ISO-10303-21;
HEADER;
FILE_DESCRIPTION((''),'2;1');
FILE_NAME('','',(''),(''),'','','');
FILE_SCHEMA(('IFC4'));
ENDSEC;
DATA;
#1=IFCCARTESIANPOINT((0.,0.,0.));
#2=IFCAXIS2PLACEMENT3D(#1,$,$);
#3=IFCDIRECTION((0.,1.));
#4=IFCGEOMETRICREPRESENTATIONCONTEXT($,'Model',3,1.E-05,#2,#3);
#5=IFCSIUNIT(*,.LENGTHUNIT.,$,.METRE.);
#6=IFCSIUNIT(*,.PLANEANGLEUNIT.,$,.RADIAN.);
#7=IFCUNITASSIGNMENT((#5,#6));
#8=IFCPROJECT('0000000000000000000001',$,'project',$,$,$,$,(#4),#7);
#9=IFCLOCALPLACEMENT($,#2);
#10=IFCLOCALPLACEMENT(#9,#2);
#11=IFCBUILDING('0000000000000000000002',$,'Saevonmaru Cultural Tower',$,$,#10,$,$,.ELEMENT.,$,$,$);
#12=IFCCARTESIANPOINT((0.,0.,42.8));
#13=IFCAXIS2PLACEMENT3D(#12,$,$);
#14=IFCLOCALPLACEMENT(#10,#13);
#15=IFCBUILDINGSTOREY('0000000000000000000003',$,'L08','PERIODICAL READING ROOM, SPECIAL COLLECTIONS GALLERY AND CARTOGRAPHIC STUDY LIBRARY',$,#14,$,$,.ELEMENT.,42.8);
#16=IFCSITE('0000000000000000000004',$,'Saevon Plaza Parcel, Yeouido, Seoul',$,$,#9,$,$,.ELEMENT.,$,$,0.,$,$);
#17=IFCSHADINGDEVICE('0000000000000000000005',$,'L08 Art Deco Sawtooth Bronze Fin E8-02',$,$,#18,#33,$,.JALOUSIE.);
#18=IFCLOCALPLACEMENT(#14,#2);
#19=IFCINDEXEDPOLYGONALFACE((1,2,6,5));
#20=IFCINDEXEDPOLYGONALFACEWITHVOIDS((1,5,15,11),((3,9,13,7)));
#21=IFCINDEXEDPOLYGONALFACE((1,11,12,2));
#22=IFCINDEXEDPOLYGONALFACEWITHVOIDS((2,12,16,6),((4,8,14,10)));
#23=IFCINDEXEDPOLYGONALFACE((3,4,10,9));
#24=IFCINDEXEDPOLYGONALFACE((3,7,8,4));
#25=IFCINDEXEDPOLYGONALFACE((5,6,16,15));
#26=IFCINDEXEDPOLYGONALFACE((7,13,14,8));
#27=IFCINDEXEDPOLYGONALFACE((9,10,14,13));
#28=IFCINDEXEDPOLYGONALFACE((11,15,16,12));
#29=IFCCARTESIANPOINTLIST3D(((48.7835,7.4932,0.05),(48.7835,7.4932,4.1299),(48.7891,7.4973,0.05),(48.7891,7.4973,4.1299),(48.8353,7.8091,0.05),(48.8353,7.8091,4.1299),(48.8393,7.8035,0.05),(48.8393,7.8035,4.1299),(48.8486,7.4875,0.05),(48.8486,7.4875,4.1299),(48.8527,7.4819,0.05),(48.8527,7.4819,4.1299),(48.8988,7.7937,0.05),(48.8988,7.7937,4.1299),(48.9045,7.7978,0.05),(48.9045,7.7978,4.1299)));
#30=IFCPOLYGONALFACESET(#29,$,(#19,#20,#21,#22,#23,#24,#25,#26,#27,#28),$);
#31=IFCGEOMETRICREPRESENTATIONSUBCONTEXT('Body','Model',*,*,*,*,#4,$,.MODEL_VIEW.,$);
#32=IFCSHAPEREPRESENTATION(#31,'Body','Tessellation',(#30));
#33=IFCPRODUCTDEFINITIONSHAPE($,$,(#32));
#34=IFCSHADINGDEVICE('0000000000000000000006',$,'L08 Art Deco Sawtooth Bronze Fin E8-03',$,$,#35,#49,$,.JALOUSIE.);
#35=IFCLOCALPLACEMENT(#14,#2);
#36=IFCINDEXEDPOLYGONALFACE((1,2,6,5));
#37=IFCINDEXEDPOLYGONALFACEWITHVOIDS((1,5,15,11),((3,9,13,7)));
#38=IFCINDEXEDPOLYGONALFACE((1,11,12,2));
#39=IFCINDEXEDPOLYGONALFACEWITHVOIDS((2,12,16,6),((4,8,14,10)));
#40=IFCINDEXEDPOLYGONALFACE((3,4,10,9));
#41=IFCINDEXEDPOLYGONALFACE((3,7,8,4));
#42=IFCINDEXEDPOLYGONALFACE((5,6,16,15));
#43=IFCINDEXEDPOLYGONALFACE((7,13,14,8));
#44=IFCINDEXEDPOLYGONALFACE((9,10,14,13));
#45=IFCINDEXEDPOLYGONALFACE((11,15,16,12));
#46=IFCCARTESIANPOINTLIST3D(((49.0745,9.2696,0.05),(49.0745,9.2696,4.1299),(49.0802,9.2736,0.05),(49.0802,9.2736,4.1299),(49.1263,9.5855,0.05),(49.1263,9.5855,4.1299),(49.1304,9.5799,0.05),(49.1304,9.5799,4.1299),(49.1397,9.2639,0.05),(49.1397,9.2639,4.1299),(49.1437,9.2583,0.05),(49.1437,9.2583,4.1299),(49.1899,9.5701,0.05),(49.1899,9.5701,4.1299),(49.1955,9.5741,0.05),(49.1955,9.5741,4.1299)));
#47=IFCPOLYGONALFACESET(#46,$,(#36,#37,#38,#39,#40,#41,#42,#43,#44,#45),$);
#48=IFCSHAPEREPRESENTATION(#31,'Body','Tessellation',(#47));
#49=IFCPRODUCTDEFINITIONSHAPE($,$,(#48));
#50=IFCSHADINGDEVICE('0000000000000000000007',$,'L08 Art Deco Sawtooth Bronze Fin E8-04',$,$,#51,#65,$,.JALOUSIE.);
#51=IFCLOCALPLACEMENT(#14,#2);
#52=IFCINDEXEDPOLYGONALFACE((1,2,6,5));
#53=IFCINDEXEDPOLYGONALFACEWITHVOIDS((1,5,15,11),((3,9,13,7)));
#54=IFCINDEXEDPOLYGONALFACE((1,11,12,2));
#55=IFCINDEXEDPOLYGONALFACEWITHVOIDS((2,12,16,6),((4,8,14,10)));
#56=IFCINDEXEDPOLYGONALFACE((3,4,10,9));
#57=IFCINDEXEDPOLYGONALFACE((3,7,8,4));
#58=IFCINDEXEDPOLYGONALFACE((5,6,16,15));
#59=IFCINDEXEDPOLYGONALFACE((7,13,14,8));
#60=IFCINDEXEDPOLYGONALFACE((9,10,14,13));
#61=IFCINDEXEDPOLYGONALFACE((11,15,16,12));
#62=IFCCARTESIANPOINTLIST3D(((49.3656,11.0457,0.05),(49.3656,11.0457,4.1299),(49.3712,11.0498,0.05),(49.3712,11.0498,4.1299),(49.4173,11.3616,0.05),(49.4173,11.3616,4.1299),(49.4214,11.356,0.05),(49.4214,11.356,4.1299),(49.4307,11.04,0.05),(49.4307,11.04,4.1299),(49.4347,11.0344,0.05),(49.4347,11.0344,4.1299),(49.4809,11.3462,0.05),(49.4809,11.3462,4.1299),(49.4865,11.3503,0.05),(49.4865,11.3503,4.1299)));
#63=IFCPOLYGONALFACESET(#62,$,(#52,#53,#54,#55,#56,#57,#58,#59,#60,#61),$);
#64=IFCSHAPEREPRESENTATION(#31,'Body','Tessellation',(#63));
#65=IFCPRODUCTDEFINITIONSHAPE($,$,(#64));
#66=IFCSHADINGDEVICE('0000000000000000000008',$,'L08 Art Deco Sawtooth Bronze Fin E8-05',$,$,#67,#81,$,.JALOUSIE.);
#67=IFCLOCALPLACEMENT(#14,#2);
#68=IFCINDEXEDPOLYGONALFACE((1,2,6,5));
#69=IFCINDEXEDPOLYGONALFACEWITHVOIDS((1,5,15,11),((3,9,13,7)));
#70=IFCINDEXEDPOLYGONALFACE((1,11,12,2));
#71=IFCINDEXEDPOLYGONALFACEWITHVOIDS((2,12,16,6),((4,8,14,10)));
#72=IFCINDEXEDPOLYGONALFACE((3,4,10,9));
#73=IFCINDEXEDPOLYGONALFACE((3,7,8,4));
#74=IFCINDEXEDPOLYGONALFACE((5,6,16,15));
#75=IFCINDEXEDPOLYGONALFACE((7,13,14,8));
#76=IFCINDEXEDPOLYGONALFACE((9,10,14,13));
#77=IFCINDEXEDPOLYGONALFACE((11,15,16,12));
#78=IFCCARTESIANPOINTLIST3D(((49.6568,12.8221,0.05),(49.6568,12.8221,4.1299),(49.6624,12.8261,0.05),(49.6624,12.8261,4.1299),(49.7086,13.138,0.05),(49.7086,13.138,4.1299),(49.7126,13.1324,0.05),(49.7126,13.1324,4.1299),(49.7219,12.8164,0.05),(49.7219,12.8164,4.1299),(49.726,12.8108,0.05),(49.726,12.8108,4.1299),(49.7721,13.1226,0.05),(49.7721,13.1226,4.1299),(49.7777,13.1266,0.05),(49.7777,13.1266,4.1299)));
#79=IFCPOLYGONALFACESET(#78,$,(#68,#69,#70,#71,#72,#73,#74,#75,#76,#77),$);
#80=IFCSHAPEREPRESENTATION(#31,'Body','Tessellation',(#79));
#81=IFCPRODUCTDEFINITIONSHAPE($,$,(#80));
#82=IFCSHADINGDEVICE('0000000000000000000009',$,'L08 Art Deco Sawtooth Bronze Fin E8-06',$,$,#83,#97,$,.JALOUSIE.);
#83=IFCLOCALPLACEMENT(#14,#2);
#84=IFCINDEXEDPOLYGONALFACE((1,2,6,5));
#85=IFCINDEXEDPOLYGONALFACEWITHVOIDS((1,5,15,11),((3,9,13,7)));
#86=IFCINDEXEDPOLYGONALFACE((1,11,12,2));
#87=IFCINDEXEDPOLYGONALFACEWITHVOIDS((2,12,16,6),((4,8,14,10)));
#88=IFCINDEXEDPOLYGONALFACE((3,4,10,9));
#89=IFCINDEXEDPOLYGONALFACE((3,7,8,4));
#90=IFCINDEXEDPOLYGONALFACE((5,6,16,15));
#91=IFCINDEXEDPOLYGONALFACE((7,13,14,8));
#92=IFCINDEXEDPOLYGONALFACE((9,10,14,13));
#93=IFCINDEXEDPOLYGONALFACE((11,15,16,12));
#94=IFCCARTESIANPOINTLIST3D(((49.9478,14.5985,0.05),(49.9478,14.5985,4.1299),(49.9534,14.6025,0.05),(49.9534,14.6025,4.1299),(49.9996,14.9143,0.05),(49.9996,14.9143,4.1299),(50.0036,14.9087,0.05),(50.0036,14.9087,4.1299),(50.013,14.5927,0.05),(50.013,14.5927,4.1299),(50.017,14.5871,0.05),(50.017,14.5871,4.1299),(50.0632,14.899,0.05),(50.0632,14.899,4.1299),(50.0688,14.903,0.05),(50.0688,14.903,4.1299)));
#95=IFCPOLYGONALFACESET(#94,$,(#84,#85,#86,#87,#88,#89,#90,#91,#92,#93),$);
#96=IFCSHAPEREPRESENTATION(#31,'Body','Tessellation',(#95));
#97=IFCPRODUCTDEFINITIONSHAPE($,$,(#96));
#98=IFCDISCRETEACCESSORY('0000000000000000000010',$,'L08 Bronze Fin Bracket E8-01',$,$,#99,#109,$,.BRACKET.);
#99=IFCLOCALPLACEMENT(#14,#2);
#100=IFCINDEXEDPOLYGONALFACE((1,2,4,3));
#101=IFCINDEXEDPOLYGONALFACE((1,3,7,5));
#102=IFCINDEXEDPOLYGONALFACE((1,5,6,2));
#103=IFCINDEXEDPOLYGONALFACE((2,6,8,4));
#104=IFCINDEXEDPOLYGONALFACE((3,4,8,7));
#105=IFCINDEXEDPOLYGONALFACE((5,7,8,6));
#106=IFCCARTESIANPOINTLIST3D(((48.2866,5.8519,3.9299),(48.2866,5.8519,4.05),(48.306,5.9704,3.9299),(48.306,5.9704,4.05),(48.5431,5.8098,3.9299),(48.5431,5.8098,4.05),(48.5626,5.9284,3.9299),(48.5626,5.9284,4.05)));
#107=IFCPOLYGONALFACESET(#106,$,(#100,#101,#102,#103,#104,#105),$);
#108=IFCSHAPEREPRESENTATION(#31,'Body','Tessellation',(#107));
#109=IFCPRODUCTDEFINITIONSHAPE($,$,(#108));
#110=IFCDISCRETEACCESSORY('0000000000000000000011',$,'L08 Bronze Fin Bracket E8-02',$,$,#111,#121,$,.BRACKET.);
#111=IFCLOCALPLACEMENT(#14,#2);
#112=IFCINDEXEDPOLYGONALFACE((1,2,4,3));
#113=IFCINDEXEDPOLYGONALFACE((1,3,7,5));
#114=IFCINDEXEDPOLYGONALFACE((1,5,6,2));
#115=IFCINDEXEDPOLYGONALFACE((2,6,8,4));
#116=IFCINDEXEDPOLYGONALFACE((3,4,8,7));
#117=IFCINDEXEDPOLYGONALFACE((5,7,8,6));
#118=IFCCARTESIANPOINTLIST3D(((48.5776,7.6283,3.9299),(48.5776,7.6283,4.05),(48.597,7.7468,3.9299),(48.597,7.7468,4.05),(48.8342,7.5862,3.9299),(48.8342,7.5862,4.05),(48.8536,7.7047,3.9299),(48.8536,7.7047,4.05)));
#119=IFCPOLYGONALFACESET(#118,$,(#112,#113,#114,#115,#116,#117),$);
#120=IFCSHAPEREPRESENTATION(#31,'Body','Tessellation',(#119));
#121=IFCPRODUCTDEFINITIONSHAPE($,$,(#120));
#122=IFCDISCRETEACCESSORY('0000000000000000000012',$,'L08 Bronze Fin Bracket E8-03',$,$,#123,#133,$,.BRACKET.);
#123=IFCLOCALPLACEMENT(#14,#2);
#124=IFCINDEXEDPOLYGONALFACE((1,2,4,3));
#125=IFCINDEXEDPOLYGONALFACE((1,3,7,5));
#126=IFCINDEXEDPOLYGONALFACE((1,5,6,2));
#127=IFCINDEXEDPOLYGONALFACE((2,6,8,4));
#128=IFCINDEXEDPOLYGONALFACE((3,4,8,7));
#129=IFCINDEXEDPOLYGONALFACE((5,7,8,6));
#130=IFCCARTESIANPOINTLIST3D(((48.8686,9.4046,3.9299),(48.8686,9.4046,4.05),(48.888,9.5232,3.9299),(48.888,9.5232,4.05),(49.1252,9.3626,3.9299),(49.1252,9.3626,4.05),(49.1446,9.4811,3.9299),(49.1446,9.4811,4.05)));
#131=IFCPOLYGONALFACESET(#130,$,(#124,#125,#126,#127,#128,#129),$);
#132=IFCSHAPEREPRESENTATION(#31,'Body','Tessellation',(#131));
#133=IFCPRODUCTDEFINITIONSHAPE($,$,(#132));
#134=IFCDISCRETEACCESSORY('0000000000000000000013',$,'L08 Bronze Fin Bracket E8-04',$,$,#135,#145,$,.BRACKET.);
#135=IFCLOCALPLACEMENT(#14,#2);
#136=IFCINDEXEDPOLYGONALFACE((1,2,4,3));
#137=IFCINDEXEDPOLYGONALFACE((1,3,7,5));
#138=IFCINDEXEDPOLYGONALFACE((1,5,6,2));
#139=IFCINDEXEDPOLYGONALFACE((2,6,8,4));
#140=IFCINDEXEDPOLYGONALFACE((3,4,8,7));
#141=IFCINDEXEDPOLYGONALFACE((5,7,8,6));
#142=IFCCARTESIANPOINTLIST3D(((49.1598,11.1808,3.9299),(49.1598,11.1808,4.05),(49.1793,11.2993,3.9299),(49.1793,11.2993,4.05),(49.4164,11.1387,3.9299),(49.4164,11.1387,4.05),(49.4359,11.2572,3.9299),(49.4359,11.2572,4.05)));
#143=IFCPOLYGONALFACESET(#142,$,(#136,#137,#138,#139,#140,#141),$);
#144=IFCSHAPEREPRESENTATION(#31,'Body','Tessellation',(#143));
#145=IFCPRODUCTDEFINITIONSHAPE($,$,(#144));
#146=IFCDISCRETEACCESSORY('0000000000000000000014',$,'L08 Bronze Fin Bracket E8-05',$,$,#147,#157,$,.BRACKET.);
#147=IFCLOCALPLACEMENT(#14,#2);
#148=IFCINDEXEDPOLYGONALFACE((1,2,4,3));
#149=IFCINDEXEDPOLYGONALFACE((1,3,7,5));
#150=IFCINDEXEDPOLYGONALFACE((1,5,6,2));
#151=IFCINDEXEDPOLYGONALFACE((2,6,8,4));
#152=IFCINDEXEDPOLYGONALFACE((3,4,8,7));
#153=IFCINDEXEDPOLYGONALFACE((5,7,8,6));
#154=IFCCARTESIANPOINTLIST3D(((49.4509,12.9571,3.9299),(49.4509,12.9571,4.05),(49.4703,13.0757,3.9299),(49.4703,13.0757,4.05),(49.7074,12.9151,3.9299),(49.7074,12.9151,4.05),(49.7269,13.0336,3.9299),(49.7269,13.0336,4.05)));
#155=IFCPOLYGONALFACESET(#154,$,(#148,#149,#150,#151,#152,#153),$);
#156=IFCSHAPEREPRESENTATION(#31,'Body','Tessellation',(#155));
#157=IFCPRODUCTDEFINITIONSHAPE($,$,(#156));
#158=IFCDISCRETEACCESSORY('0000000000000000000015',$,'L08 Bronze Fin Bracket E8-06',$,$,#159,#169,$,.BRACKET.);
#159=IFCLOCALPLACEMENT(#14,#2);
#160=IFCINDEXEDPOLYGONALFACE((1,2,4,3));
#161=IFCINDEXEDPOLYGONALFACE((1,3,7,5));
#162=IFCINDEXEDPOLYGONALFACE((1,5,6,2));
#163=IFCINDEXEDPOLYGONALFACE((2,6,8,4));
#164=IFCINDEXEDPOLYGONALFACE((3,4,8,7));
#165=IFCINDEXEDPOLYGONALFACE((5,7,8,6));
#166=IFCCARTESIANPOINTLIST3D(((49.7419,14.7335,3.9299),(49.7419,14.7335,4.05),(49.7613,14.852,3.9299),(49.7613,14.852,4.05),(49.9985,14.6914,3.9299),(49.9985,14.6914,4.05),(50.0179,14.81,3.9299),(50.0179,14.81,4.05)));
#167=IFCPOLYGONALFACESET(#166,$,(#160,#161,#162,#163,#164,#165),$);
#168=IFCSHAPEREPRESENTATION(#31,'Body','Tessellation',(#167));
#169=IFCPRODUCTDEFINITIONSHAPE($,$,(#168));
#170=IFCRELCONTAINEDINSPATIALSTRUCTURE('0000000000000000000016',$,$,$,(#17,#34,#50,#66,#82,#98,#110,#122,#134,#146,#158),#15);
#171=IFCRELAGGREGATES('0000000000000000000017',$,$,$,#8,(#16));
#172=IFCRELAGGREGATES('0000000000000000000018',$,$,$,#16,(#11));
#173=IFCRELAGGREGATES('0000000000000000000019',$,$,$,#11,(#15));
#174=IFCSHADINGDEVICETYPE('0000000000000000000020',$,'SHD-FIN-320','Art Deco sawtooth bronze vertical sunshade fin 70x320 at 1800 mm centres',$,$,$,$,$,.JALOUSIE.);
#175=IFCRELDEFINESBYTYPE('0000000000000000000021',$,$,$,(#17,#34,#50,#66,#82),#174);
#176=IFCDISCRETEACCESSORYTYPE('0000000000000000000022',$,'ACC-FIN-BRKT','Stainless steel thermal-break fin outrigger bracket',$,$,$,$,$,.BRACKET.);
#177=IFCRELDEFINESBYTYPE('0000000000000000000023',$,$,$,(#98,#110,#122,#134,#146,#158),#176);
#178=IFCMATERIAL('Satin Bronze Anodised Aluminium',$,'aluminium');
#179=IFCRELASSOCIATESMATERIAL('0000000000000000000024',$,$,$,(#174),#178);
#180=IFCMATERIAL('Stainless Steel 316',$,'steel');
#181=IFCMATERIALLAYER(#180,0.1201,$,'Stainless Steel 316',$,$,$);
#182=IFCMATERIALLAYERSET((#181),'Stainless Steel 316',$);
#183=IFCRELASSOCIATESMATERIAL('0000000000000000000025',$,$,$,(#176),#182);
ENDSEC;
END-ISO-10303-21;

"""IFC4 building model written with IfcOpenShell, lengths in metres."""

from ifc_helpers import new_model, si_unit, direction, frame, origin, origin_2d, place, context, subcontext, project, spatial, rectangle, hollow_rectangle, extrude, material, layer, layer_set, material_profile, profile_set, type_object, element, save


model = new_model("IFC4")

# Units and contexts
model_context = context("Model", 3, precision=1e-05, world=origin(), true_north=direction((0.0, 1.0)))
body_context = subcontext(model_context, "Body", "Model", "MODEL_VIEW")
ifc_project = project(units=[si_unit("LENGTHUNIT", "METRE"), si_unit("PLANEANGLEUNIT", "RADIAN")], contexts=[model_context])

# Site, building, storey
site_placement = place(None, origin())
site = spatial("IfcSite", under=ifc_project, at=site_placement, Name="Saevon Plaza Parcel, Yeouido, Seoul", CompositionType="ELEMENT", RefElevation=0.0)
building_placement = place(site_placement, origin())
building = spatial("IfcBuilding", under=site, at=building_placement, Name="Saevonmaru Cultural Tower", CompositionType="ELEMENT")
storey_placement = place(building_placement, frame((0.0, 0.0, 42.8)))
storey = spatial("IfcBuildingStorey", under=building, at=storey_placement, Name="L08", Description="PERIODICAL READING ROOM, SPECIAL COLLECTIONS GALLERY AND CARTOGRAPHIC STUDY LIBRARY", CompositionType="ELEMENT", Elevation=42.8)

# Shared definitions
ifc_material_1 = material(Name="Satin Bronze Anodised Aluminium", Category="aluminium")

# Shading devices
ifc_material_profile_1 = material_profile(ifc_material_1, hollow_rectangle(XDim=0.0701, YDim=0.3201, WallThickness=0.0049, at=origin_2d()), Name="FIN-320x70")
ifc_profile_set_1 = profile_set([ifc_material_profile_1], Name="Satin Bronze Anodised Aluminium")
shading_device_type = type_object("IfcShadingDeviceType", Name="SHD-FIN-320", Description="Art Deco sawtooth bronze vertical sunshade fin 70x320 at 1800 mm centres", PredefinedType="JALOUSIE", material=ifc_profile_set_1)
for number, where, z_axis, x_axis, name in (
    (1, (48.844, 7.6455, 0.05), (0.0, 0.0, 1.0), (0.986827, -0.161776, 0.0), "L08 Art Deco Sawtooth Bronze Fin E8-02"),
    (2, (49.135, 9.4219, 0.05), (0.0, 0.0, 1.0), (0.986827, -0.161776, 0.0), "L08 Art Deco Sawtooth Bronze Fin E8-03"),
    (3, (49.426, 11.198, 0.05), (0.0, 0.0, 1.0), (0.986827, -0.161776, 0.0), "L08 Art Deco Sawtooth Bronze Fin E8-04"),
    (4, (49.7173, 12.9744, 0.05), (0.0, 0.0, 1.0), (0.986827, -0.161776, 0.0), "L08 Art Deco Sawtooth Bronze Fin E8-05"),
    (5, (50.0083, 14.7507, 0.05), (0.0, 0.0, 1.0), (0.986827, -0.161776, 0.0), "L08 Art Deco Sawtooth Bronze Fin E8-06"),
):
    element("IfcShadingDevice", number, at=place(storey_placement, frame(where, z_axis=z_axis, x_axis=x_axis)), inside=storey, type_object=shading_device_type, Name=name, PredefinedType="JALOUSIE", context=body_context, shape_type="SweptSolid", body=[
        extrude(hollow_rectangle(XDim=0.0701, YDim=0.3201, WallThickness=0.0049, at=origin_2d()), origin(), (0.0, 0.0, 1.0), 4.0798),
    ])

# Discrete accessories
ifc_material_2 = material(Name="Stainless Steel 316", Category="steel")
ifc_layer_1 = layer(ifc_material_2, 0.1201, Name="Stainless Steel 316")
ifc_layer_set_1 = layer_set([ifc_layer_1], Name="Stainless Steel 316")
discrete_accessory_type = type_object("IfcDiscreteAccessoryType", Name="ACC-FIN-BRKT", Description="Stainless steel thermal-break fin outrigger bracket", PredefinedType="BRACKET", material=ifc_layer_set_1)
for number, where, z_axis, x_axis, name in (
    (6, (48.4246, 5.8901, 3.9299), (0.0, 0.0, 1.0), (0.986827, -0.161776, 0.0), "L08 Bronze Fin Bracket E8-01"),
    (7, (48.7156, 7.6665, 3.9299), (0.0, 0.0, 1.0), (0.986827, -0.161776, 0.0), "L08 Bronze Fin Bracket E8-02"),
    (8, (49.0066, 9.4429, 3.9299), (0.0, 0.0, 1.0), (0.986827, -0.161776, 0.0), "L08 Bronze Fin Bracket E8-03"),
    (9, (49.2979, 11.219, 3.9299), (0.0, 0.0, 1.0), (0.986827, -0.161776, 0.0), "L08 Bronze Fin Bracket E8-04"),
    (10, (49.5889, 12.9954, 3.9299), (0.0, 0.0, 1.0), (0.986827, -0.161776, 0.0), "L08 Bronze Fin Bracket E8-05"),
    (11, (49.8799, 14.7717, 3.9299), (0.0, 0.0, 1.0), (0.986827, -0.161776, 0.0), "L08 Bronze Fin Bracket E8-06"),
):
    element("IfcDiscreteAccessory", number, at=place(storey_placement, frame(where, z_axis=z_axis, x_axis=x_axis)), inside=storey, type_object=discrete_accessory_type, Name=name, PredefinedType="BRACKET", context=body_context, shape_type="SweptSolid", body=[
        extrude(rectangle(XDim=0.26, YDim=0.1201, at=origin_2d()), origin(), (0.0, 0.0, 1.0), 0.1201),
    ])

save(model, "model.ifc")
